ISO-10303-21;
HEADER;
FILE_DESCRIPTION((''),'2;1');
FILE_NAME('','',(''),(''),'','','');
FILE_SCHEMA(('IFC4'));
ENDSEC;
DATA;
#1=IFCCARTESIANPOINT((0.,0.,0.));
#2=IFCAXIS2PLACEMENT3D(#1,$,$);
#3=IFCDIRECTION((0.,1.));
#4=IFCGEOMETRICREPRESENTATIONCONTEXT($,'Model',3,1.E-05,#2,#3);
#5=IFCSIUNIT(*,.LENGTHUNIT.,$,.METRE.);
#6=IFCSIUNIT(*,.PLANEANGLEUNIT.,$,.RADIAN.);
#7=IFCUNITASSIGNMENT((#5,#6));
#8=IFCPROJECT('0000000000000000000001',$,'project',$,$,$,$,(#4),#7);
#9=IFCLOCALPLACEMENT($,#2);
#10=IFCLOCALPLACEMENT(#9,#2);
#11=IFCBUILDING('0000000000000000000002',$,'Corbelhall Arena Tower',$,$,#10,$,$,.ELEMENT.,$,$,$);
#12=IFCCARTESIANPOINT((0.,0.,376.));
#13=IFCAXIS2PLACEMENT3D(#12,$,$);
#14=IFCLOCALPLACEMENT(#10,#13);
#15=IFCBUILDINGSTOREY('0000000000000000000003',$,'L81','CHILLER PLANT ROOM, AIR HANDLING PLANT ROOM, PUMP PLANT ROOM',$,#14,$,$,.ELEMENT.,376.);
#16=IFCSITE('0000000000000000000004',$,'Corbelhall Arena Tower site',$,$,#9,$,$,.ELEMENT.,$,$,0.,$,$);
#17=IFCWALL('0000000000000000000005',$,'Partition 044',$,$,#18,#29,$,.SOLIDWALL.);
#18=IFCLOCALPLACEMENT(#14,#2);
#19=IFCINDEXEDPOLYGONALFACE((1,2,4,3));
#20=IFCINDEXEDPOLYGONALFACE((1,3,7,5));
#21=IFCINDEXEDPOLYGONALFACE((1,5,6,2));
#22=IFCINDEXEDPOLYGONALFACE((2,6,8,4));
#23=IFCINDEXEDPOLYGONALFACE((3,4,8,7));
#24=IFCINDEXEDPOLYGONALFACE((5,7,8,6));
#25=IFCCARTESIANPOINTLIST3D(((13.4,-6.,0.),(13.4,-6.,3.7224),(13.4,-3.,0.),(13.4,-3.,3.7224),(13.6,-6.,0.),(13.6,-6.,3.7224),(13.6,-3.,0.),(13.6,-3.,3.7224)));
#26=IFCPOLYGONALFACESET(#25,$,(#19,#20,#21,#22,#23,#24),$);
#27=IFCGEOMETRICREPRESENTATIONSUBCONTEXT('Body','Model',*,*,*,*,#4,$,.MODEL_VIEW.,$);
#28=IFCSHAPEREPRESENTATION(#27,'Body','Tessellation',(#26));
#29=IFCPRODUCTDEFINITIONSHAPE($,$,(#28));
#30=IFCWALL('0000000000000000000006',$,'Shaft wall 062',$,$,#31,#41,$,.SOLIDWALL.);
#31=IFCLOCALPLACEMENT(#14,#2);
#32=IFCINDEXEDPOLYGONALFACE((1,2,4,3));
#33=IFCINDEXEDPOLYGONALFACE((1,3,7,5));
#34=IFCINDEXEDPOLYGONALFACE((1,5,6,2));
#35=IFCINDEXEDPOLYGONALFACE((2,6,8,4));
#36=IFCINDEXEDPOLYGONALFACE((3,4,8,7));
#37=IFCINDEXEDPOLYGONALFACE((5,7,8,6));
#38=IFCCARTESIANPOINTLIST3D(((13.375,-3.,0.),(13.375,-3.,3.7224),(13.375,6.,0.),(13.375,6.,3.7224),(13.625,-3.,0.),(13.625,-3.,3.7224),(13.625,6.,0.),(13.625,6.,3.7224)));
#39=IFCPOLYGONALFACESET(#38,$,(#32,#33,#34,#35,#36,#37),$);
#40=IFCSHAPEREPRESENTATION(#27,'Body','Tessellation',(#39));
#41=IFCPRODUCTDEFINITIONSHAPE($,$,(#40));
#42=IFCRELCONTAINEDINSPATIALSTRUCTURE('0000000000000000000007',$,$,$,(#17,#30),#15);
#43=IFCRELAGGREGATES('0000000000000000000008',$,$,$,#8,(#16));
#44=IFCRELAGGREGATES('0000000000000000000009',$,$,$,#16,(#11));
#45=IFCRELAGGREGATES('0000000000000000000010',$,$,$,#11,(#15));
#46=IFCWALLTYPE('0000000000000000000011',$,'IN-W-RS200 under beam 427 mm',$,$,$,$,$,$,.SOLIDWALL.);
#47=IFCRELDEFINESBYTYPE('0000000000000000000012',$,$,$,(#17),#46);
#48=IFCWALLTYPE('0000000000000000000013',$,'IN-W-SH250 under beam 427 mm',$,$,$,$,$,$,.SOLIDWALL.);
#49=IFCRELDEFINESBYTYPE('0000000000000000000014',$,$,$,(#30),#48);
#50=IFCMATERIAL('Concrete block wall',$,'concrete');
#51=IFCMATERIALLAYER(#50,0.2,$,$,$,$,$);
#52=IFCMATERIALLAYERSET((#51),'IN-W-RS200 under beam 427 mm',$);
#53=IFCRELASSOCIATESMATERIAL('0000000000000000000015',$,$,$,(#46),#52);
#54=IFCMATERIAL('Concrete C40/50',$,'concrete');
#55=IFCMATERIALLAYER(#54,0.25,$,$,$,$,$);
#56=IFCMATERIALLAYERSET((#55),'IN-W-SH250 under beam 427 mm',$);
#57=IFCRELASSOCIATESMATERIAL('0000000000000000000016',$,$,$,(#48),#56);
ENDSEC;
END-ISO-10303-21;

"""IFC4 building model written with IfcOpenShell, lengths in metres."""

from ifc_helpers import new_model, si_unit, direction, frame, frame_2d, origin, place, context, subcontext, project, spatial, rectangle, extrude, material, layer, layer_set, type_object, element, save


model = new_model("IFC4")

# Units and contexts
model_context = context("Model", 3, precision=1e-05, world=origin(), true_north=direction((0.0, 1.0)))
body_context = subcontext(model_context, "Body", "Model", "MODEL_VIEW")
ifc_project = project(units=[si_unit("LENGTHUNIT", "METRE"), si_unit("PLANEANGLEUNIT", "RADIAN")], contexts=[model_context])

# Site, building, storey
site_placement = place(None, origin())
site = spatial("IfcSite", under=ifc_project, at=site_placement, Name="Corbelhall Arena Tower site", CompositionType="ELEMENT", RefElevation=0.0)
building_placement = place(site_placement, origin())
building = spatial("IfcBuilding", under=site, at=building_placement, Name="Corbelhall Arena Tower", CompositionType="ELEMENT")
storey_placement = place(building_placement, frame((0.0, 0.0, 376.0)))
storey = spatial("IfcBuildingStorey", under=building, at=storey_placement, Name="L81", Description="CHILLER PLANT ROOM, AIR HANDLING PLANT ROOM, PUMP PLANT ROOM", CompositionType="ELEMENT", Elevation=376.0)

# Walls
ifc_material_1 = material(Name="Concrete block wall", Category="concrete")
ifc_layer_1 = layer(ifc_material_1, 0.2)
ifc_layer_set_1 = layer_set([ifc_layer_1], Name="IN-W-RS200 under beam 427 mm")
wall_type_1 = type_object("IfcWallType", Name="IN-W-RS200 under beam 427 mm", PredefinedType="SOLIDWALL", material=ifc_layer_set_1)
wall_1_placement = place(storey_placement, frame((13.5, -3.0, 0.0), z_axis=(0.0, 0.0, 1.0), x_axis=(0.0, -1.0, 0.0)))
element("IfcWall", 1, at=wall_1_placement, inside=storey, type_object=wall_type_1, Name="Partition 044", PredefinedType="SOLIDWALL", context=body_context, shape_type="SweptSolid", body=[
    extrude(rectangle(XDim=3.0, YDim=0.2, at=frame_2d((1.5, 0.0))), origin(), (0.0, 0.0, 1.0), 3.7224),
])
ifc_material_2 = material(Name="Concrete C40/50", Category="concrete")
ifc_layer_2 = layer(ifc_material_2, 0.25)
ifc_layer_set_2 = layer_set([ifc_layer_2], Name="IN-W-SH250 under beam 427 mm")
wall_type_2 = type_object("IfcWallType", Name="IN-W-SH250 under beam 427 mm", PredefinedType="SOLIDWALL", material=ifc_layer_set_2)
wall_2_placement = place(storey_placement, frame((13.5, 6.0, 0.0), z_axis=(0.0, 0.0, 1.0), x_axis=(0.0, -1.0, 0.0)))
element("IfcWall", 2, at=wall_2_placement, inside=storey, type_object=wall_type_2, Name="Shaft wall 062", PredefinedType="SOLIDWALL", context=body_context, shape_type="SweptSolid", body=[
    extrude(rectangle(XDim=9.0, YDim=0.25, at=frame_2d((4.5, 0.0))), origin(), (0.0, 0.0, 1.0), 3.7224),
])

save(model, "model.ifc")
